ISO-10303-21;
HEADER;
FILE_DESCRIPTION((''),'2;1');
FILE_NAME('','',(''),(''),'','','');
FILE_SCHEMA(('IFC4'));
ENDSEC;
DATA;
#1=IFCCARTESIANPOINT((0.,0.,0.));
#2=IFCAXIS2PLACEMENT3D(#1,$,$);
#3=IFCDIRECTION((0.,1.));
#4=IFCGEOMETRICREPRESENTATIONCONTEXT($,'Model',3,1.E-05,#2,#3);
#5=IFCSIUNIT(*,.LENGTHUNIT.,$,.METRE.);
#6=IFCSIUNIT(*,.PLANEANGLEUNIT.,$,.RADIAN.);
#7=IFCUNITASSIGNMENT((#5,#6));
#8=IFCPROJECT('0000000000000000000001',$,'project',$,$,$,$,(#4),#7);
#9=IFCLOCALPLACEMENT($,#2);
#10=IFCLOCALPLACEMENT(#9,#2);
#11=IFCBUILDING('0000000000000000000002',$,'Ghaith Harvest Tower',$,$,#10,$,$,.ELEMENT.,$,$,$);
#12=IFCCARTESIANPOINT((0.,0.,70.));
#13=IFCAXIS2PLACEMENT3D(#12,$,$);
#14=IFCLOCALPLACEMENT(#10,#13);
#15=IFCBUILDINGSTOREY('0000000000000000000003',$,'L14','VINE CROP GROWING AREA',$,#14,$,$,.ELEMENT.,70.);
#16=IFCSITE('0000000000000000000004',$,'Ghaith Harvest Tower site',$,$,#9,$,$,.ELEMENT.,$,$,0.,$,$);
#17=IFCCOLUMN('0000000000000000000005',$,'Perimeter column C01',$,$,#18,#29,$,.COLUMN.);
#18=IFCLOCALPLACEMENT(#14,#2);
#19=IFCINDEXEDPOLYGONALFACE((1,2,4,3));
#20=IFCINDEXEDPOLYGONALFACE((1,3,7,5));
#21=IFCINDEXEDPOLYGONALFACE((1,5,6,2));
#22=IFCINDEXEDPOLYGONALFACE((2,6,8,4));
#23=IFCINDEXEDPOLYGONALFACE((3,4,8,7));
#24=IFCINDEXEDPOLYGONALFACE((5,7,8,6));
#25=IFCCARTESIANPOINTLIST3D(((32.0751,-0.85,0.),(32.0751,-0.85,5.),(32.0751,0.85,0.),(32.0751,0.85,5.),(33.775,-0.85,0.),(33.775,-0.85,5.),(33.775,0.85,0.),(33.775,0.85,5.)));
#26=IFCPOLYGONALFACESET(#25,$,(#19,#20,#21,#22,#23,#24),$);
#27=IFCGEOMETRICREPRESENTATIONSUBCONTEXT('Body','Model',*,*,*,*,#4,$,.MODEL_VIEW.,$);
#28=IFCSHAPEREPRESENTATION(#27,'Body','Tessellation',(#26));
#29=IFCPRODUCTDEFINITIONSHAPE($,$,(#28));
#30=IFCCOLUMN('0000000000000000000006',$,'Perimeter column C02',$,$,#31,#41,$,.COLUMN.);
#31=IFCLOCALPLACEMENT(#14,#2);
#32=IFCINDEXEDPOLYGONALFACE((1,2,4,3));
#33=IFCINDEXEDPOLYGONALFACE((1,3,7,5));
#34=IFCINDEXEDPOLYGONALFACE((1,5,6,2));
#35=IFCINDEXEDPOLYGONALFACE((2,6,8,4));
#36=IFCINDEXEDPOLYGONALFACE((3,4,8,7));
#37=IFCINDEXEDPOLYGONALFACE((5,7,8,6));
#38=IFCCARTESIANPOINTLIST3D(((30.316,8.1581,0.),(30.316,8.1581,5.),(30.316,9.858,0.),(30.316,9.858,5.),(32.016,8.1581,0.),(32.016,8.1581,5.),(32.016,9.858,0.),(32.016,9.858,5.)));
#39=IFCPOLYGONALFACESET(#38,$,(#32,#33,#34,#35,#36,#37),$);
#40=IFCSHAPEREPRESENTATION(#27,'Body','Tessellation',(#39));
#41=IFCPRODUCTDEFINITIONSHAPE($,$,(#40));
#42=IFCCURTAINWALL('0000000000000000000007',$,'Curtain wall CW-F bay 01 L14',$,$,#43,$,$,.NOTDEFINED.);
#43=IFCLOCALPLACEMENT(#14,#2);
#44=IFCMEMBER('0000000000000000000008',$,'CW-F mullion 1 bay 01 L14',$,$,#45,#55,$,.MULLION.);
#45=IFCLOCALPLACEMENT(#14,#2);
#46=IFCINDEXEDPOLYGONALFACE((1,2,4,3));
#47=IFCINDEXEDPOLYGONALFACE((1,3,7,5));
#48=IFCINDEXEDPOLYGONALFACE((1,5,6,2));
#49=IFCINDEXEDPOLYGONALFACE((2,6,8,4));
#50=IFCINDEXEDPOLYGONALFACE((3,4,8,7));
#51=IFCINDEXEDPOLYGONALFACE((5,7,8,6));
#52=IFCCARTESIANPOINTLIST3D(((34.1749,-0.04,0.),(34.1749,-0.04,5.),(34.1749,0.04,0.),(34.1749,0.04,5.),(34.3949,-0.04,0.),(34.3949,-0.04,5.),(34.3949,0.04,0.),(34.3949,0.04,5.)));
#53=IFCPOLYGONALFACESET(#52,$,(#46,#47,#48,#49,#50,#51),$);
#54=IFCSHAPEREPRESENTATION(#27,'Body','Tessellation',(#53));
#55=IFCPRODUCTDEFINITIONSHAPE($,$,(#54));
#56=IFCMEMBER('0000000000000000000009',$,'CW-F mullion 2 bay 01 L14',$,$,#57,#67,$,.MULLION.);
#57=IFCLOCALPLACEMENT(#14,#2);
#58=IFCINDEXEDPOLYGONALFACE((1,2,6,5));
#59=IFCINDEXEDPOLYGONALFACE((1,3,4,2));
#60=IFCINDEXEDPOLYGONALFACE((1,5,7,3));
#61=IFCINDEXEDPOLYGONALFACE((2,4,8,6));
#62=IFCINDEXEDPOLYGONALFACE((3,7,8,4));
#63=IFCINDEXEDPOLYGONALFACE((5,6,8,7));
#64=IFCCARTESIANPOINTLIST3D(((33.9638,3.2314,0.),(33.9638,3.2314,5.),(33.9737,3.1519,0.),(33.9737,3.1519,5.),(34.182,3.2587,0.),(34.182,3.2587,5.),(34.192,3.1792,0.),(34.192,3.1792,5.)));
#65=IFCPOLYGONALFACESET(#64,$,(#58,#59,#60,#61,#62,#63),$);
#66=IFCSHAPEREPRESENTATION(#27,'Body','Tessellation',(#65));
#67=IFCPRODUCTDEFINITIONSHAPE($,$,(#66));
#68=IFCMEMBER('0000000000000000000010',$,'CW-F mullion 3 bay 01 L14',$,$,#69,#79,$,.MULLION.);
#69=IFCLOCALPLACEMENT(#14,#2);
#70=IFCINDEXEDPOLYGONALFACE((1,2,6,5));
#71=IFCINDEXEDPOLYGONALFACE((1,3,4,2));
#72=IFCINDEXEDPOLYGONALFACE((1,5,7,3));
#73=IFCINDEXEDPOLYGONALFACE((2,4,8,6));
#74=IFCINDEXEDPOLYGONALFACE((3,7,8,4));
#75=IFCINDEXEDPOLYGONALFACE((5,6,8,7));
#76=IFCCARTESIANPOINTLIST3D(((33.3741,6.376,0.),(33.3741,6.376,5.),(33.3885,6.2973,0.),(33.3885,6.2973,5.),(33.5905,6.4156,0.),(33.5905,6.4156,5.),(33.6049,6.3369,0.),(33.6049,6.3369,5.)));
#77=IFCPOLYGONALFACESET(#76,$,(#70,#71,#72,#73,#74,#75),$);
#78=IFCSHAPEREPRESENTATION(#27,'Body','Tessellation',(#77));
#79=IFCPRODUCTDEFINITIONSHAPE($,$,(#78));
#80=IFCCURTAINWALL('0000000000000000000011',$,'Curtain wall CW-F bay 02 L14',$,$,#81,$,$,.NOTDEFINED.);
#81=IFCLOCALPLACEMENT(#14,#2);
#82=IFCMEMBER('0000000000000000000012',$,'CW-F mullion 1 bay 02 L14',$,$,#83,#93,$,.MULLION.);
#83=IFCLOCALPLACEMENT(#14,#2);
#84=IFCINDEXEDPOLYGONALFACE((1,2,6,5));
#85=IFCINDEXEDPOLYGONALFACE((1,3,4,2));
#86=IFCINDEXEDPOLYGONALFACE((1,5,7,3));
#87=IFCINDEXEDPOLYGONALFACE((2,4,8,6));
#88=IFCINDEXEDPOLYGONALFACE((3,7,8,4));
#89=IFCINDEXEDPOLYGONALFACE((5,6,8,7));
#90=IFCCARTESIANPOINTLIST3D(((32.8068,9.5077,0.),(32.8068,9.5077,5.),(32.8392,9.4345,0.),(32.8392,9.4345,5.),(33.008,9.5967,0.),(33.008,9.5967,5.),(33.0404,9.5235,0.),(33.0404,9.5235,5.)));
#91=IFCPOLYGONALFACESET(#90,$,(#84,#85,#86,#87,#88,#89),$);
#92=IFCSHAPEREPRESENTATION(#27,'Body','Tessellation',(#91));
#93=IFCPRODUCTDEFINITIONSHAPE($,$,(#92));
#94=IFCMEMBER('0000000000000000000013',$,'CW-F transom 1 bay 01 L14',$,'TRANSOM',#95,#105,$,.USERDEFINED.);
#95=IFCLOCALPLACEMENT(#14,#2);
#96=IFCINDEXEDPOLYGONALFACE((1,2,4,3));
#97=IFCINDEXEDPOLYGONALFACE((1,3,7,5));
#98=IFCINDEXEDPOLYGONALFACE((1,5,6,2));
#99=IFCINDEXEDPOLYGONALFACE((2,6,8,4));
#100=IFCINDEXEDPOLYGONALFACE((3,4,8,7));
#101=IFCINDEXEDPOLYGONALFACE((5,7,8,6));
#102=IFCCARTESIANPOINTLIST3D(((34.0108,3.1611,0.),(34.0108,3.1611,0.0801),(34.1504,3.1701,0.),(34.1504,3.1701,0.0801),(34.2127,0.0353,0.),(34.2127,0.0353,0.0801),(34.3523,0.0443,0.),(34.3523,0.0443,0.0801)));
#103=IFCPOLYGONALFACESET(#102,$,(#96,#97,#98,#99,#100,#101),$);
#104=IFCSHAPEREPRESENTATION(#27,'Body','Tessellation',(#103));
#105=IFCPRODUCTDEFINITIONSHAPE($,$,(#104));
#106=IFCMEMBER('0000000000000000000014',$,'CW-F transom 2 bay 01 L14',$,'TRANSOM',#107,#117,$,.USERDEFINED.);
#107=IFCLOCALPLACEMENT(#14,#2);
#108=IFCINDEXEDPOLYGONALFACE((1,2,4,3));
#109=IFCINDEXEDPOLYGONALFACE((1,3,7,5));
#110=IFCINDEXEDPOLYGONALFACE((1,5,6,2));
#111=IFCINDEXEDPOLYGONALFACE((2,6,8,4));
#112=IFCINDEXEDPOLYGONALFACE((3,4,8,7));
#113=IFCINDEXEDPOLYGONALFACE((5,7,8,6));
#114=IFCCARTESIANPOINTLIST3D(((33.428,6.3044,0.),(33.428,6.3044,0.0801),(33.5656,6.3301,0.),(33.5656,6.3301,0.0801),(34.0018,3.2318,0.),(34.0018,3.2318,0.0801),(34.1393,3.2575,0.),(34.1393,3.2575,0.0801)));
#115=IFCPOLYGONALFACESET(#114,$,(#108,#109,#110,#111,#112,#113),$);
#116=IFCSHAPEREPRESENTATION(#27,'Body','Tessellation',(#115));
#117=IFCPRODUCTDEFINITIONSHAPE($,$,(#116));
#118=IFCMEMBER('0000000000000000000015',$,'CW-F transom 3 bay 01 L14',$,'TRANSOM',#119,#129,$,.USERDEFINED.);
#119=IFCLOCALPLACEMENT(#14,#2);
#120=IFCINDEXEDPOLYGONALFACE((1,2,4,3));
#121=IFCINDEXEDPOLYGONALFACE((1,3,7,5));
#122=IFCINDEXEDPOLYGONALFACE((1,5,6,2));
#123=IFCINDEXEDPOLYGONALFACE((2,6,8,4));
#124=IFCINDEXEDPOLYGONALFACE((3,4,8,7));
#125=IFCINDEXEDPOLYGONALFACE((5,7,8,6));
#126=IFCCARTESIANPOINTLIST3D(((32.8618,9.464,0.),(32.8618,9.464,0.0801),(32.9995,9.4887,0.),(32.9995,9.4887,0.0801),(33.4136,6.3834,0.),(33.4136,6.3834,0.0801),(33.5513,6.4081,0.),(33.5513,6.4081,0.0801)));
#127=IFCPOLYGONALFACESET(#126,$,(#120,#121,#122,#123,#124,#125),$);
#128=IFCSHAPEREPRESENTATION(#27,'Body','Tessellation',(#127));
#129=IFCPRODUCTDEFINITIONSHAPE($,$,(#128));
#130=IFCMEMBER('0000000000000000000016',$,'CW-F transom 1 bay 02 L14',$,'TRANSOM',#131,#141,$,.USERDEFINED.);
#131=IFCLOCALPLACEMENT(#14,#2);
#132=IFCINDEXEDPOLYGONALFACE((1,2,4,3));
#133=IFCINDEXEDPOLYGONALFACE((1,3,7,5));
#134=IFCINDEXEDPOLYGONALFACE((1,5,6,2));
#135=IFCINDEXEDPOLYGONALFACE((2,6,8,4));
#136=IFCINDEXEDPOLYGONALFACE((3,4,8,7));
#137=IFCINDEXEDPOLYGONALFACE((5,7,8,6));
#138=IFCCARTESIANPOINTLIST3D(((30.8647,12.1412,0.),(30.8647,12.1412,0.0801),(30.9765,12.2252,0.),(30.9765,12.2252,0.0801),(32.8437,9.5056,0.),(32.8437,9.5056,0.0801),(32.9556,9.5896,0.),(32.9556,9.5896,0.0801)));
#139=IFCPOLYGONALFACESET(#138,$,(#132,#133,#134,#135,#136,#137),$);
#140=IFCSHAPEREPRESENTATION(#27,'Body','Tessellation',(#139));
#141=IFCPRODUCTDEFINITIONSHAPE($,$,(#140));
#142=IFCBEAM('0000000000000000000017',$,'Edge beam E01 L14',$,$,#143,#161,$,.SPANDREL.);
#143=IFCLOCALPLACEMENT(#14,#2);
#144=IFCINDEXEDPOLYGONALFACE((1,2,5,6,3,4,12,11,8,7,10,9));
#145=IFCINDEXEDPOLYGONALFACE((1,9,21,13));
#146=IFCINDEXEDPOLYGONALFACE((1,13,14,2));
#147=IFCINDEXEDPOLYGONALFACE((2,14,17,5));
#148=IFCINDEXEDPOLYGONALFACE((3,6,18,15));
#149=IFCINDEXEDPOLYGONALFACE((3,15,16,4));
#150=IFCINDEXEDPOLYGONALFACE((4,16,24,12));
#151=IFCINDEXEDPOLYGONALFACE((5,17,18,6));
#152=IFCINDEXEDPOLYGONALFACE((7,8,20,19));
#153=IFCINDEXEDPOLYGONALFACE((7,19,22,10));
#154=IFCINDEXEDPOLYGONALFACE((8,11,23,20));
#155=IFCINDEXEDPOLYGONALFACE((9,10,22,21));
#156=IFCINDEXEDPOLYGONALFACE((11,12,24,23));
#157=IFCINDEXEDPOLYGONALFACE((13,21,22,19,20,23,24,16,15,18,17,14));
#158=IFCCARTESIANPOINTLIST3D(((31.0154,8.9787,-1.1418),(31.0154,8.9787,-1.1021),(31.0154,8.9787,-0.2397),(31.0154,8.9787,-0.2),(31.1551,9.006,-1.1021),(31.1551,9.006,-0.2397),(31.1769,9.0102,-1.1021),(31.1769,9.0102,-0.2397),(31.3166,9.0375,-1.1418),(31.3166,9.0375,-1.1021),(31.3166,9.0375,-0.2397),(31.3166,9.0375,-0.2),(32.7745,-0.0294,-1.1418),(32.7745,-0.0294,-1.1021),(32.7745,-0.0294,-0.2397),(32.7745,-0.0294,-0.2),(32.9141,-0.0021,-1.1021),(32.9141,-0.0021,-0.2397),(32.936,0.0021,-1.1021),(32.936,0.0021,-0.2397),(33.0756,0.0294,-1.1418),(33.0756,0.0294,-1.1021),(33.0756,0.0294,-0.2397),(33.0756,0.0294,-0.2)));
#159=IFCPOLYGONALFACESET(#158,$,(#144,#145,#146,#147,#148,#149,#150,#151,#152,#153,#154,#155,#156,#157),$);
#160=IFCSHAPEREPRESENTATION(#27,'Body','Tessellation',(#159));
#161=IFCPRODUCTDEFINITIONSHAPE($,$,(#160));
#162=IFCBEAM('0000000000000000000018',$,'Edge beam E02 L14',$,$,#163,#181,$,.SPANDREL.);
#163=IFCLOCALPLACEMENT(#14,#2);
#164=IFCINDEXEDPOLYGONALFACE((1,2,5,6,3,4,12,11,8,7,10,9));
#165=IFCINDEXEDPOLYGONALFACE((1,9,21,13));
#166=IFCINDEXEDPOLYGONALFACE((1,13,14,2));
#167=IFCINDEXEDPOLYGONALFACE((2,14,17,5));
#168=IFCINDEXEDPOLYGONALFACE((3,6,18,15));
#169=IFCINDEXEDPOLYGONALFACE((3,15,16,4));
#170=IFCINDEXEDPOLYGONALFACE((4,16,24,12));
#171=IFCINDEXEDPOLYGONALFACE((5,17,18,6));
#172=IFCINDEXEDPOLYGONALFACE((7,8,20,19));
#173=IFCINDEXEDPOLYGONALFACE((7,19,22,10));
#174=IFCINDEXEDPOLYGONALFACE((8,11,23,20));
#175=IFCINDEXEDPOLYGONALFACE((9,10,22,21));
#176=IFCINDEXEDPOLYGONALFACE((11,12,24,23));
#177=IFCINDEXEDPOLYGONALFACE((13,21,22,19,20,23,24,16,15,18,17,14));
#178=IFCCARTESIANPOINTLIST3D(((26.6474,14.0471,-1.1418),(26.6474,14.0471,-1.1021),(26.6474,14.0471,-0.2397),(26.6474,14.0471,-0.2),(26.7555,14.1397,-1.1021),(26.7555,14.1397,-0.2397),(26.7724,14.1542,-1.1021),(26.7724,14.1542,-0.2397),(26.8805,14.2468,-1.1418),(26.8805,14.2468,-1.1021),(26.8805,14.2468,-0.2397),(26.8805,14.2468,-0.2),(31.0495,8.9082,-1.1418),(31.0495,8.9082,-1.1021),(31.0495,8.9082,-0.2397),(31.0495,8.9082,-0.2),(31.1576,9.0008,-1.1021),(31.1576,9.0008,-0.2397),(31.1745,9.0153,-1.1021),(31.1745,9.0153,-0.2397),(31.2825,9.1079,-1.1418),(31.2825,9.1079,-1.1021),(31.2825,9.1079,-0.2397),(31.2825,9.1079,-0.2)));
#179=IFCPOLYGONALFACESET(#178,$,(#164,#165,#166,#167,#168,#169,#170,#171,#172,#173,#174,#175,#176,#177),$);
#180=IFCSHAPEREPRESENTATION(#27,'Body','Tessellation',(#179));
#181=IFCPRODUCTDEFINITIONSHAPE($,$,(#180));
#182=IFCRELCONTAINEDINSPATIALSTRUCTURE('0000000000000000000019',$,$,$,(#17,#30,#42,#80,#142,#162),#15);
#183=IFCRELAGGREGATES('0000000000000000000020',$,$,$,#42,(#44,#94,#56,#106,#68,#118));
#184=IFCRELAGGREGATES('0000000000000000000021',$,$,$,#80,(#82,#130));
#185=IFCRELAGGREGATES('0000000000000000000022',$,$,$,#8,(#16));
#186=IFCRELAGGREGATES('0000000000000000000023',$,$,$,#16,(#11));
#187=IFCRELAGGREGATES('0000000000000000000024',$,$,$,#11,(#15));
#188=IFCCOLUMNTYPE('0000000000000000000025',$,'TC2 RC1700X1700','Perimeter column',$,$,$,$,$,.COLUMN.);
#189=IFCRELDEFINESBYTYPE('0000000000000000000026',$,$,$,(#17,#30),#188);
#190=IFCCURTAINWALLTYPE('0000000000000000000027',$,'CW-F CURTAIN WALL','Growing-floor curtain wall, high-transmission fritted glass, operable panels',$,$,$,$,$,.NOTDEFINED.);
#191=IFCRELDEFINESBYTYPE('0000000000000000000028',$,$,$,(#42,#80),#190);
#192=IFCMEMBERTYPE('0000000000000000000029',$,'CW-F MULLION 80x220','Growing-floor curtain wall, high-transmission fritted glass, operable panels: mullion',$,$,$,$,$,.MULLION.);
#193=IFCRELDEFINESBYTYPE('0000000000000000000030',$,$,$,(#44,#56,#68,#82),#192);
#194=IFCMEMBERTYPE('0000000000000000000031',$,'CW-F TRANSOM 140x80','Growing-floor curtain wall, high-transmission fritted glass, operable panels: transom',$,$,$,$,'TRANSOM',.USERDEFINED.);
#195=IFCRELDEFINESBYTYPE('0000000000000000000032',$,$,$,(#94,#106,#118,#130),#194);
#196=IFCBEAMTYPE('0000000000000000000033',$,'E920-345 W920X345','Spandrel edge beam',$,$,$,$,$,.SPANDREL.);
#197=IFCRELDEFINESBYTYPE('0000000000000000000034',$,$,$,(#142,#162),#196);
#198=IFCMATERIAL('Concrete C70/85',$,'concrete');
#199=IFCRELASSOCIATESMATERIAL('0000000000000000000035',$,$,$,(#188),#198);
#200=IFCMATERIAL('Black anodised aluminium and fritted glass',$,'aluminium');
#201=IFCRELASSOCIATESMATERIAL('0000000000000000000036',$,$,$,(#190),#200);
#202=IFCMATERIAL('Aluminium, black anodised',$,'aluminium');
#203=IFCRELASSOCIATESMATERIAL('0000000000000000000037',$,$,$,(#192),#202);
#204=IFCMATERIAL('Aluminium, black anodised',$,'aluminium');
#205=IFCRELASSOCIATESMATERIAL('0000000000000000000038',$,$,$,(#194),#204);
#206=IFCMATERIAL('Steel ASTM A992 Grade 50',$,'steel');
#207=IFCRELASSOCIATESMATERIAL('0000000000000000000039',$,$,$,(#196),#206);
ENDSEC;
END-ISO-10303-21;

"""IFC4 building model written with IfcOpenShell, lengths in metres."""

from ifc_helpers import new_model, si_unit, direction, frame, origin, origin_2d, place, context, subcontext, project, spatial, rectangle, i_section, extrude, material, material_profile, profile_set, type_object, element, aggregate, save


model = new_model("IFC4")

# Units and contexts
model_context = context("Model", 3, precision=1e-05, world=origin(), true_north=direction((0.0, 1.0)))
body_context = subcontext(model_context, "Body", "Model", "MODEL_VIEW")
ifc_project = project(units=[si_unit("LENGTHUNIT", "METRE"), si_unit("PLANEANGLEUNIT", "RADIAN")], contexts=[model_context])

# Site, building, storey
site_placement = place(None, origin())
site = spatial("IfcSite", under=ifc_project, at=site_placement, Name="Ghaith Harvest Tower site", CompositionType="ELEMENT", RefElevation=0.0)
building_placement = place(site_placement, origin())
building = spatial("IfcBuilding", under=site, at=building_placement, Name="Ghaith Harvest Tower", CompositionType="ELEMENT")
storey_placement = place(building_placement, frame((0.0, 0.0, 70.0)))
storey = spatial("IfcBuildingStorey", under=building, at=storey_placement, Name="L14", Description="VINE CROP GROWING AREA", CompositionType="ELEMENT", Elevation=70.0)

# Columns
ifc_material_1 = material(Name="Concrete C70/85", Category="concrete")
ifc_material_profile_1 = material_profile(ifc_material_1, rectangle(XDim=1.7, YDim=1.7, at=origin_2d()), Name="RC1700X1700")
ifc_profile_set_1 = profile_set([ifc_material_profile_1], Name="Concrete C70/85")
column_type = type_object("IfcColumnType", Name="TC2 RC1700X1700", Description="Perimeter column", PredefinedType="COLUMN", material=ifc_profile_set_1)
for number, where, z_axis, x_axis, name in (
    (1, (32.925, 0.0, 0.0), (0.0, 0.0, 1.0), (1.0, 0.0, 0.0), "Perimeter column C01"),
    (2, (31.166, 9.0081, 0.0), (0.0, 0.0, 1.0), (1.0, 0.0, 0.0), "Perimeter column C02"),
):
    element("IfcColumn", number, at=place(storey_placement, frame(where, z_axis=z_axis, x_axis=x_axis)), inside=storey, type_object=column_type, Name=name, PredefinedType="COLUMN", context=body_context, shape_type="SweptSolid", body=[
        extrude(rectangle(XDim=1.7, YDim=1.7, at=origin_2d()), origin(), (0.0, 0.0, 1.0), 5.0),
    ])

# Curtain wall, members
ifc_material_2 = material(Name="Black anodised aluminium and fritted glass", Category="aluminium")
curtain_wall_type = type_object("IfcCurtainWallType", Name="CW-F CURTAIN WALL", Description="Growing-floor curtain wall, high-transmission fritted glass, operable panels", PredefinedType="NOTDEFINED", material=ifc_material_2)
curtain_wall_1_placement = place(storey_placement, origin())
curtain_wall_1 = element("IfcCurtainWall", 3, at=curtain_wall_1_placement, inside=storey, type_object=curtain_wall_type, Name="Curtain wall CW-F bay 01 L14", PredefinedType="NOTDEFINED")
ifc_material_3 = material(Name="Aluminium, black anodised", Category="aluminium")
ifc_material_profile_2 = material_profile(ifc_material_3, rectangle(XDim=0.0801, YDim=0.22, at=origin_2d()), Name="CW-F MULLION 80x220")
ifc_profile_set_2 = profile_set([ifc_material_profile_2], Name="Aluminium, black anodised")
member_type_1 = type_object("IfcMemberType", Name="CW-F MULLION 80x220", Description="Growing-floor curtain wall, high-transmission fritted glass, operable panels: mullion", PredefinedType="MULLION", material=ifc_profile_set_2)
member_1_placement = place(storey_placement, frame((34.2849, 0.0, 0.0), z_axis=(0.0, 0.0, 1.0), x_axis=(0.0, 1.0, 0.0)))
member_1 = element("IfcMember", 4, at=member_1_placement, type_object=member_type_1, Name="CW-F mullion 1 bay 01 L14", PredefinedType="MULLION", context=body_context, shape_type="SweptSolid", body=[
    extrude(rectangle(XDim=0.0801, YDim=0.22, at=origin_2d()), origin(), (0.0, 0.0, 1.0), 5.0),
])
member_2_placement = place(storey_placement, frame((34.0779, 3.2053, 0.0), z_axis=(0.0, 0.0, 1.0), x_axis=(-0.12417, 0.992261, 0.0)))
member_2 = element("IfcMember", 5, at=member_2_placement, type_object=member_type_1, Name="CW-F mullion 2 bay 01 L14", PredefinedType="MULLION", context=body_context, shape_type="SweptSolid", body=[
    extrude(rectangle(XDim=0.0801, YDim=0.22, at=origin_2d()), origin(), (0.0, 0.0, 1.0), 5.0),
])
member_3_placement = place(storey_placement, frame((33.4895, 6.3564, 0.0), z_axis=(0.0, 0.0, 1.0), x_axis=(-0.179943, 0.983677, 0.0)))
member_3 = element("IfcMember", 6, at=member_3_placement, type_object=member_type_1, Name="CW-F mullion 3 bay 01 L14", PredefinedType="MULLION", context=body_context, shape_type="SweptSolid", body=[
    extrude(rectangle(XDim=0.0801, YDim=0.22, at=origin_2d()), origin(), (0.0, 0.0, 1.0), 5.0),
])

# Curtain wall, member
curtain_wall_2_placement = place(storey_placement, origin())
curtain_wall_2 = element("IfcCurtainWall", 7, at=curtain_wall_2_placement, inside=storey, type_object=curtain_wall_type, Name="Curtain wall CW-F bay 02 L14", PredefinedType="NOTDEFINED")
member_4_placement = place(storey_placement, frame((32.9236, 9.5156, 0.0), z_axis=(0.0, 0.0, 1.0), x_axis=(-0.404702, 0.914449, 0.0)))
member_4 = element("IfcMember", 8, at=member_4_placement, type_object=member_type_1, Name="CW-F mullion 1 bay 02 L14", PredefinedType="MULLION", context=body_context, shape_type="SweptSolid", body=[
    extrude(rectangle(XDim=0.0801, YDim=0.22, at=origin_2d()), origin(), (0.0, 0.0, 1.0), 5.0),
])

# Members
ifc_material_4 = material(Name="Aluminium, black anodised", Category="aluminium")
ifc_material_profile_3 = material_profile(ifc_material_4, rectangle(XDim=0.1399, YDim=0.0801, at=origin_2d()), Name="CW-F TRANSOM 140x80")
ifc_profile_set_3 = profile_set([ifc_material_profile_3], Name="Aluminium, black anodised")
member_type_2 = type_object("IfcMemberType", Name="CW-F TRANSOM 140x80", Description="Growing-floor curtain wall, high-transmission fritted glass, operable panels: transom", ElementType="TRANSOM", PredefinedType="USERDEFINED", material=ifc_profile_set_3)
member_5_placement = place(storey_placement, frame((34.2825, 0.0398, 0.04), z_axis=(-0.06446, 0.99792, 0.0), x_axis=(-0.99792, -0.06446, 0.0)))
member_5 = element("IfcMember", 9, at=member_5_placement, type_object=member_type_2, Name="CW-F transom 1 bay 01 L14", ObjectType="TRANSOM", PredefinedType="USERDEFINED", context=body_context, shape_type="SweptSolid", body=[
    extrude(rectangle(XDim=0.1399, YDim=0.0801, at=origin_2d()), origin(), (0.0, 0.0, 1.0), 3.1323),
])
member_6_placement = place(storey_placement, frame((34.0706, 3.2446, 0.04), z_axis=(-0.183557, 0.983009, 0.0), x_axis=(-0.983009, -0.183557, 0.0)))
member_6 = element("IfcMember", 10, at=member_6_placement, type_object=member_type_2, Name="CW-F transom 2 bay 01 L14", ObjectType="TRANSOM", PredefinedType="USERDEFINED", context=body_context, shape_type="SweptSolid", body=[
    extrude(rectangle(XDim=0.1399, YDim=0.0801, at=origin_2d()), origin(), (0.0, 0.0, 1.0), 3.1257),
])
member_7_placement = place(storey_placement, frame((33.4824, 6.3958, 0.04), z_axis=(-0.176304, 0.984336, 0.0), x_axis=(-0.984336, -0.176304, 0.0)))
member_7 = element("IfcMember", 11, at=member_7_placement, type_object=member_type_2, Name="CW-F transom 3 bay 01 L14", ObjectType="TRANSOM", PredefinedType="USERDEFINED", context=body_context, shape_type="SweptSolid", body=[
    extrude(rectangle(XDim=0.1399, YDim=0.0801, at=origin_2d()), origin(), (0.0, 0.0, 1.0), 3.1296),
])
member_8_placement = place(storey_placement, frame((32.8997, 9.5476, 0.04), z_axis=(-0.600462, 0.799653, 0.0), x_axis=(-0.799653, -0.600462, 0.0)))
member_8 = element("IfcMember", 12, at=member_8_placement, type_object=member_type_2, Name="CW-F transom 1 bay 02 L14", ObjectType="TRANSOM", PredefinedType="USERDEFINED", context=body_context, shape_type="SweptSolid", body=[
    extrude(rectangle(XDim=0.1399, YDim=0.0801, at=origin_2d()), origin(), (0.0, 0.0, 1.0), 3.2959),
])

# Beams
ifc_material_5 = material(Name="Steel ASTM A992 Grade 50", Category="steel")
ifc_material_profile_4 = material_profile(ifc_material_5, i_section(OverallWidth=0.3069, OverallDepth=0.9419, WebThickness=0.0222, FlangeThickness=0.0398, at=origin_2d()), Name="W920X345")
ifc_profile_set_4 = profile_set([ifc_material_profile_4], Name="Steel ASTM A992 Grade 50")
beam_type_1 = type_object("IfcBeamType", Name="E920-345 W920X345", Description="Spandrel edge beam", PredefinedType="SPANDREL", material=ifc_profile_set_4)
beam_1_placement = place(storey_placement, frame((32.925, 0.0, -0.6709), z_axis=(-0.191653, 0.981463, 0.0), x_axis=(-0.981463, -0.191653, 0.0)))
element("IfcBeam", 13, at=beam_1_placement, inside=storey, type_object=beam_type_1, Name="Edge beam E01 L14", PredefinedType="SPANDREL", context=body_context, shape_type="SweptSolid", body=[
    extrude(i_section(OverallWidth=0.3069, OverallDepth=0.9419, WebThickness=0.0222, FlangeThickness=0.0398, at=origin_2d()), origin(), (0.0, 0.0, 1.0), 9.1782),
])
beam_2_placement = place(storey_placement, frame((31.166, 9.0081, -0.6709), z_axis=(-0.650563, 0.759453, 0.0), x_axis=(-0.759453, -0.650563, 0.0)))
element("IfcBeam", 14, at=beam_2_placement, inside=storey, type_object=beam_type_1, Name="Edge beam E02 L14", PredefinedType="SPANDREL", context=body_context, shape_type="SweptSolid", body=[
    extrude(i_section(OverallWidth=0.3069, OverallDepth=0.9419, WebThickness=0.0222, FlangeThickness=0.0398, at=origin_2d()), origin(), (0.0, 0.0, 1.0), 6.7666),
])

aggregate(curtain_wall_1, [member_1, member_5, member_2, member_6, member_3, member_7])
aggregate(curtain_wall_2, [member_4, member_8])

save(model, "model.ifc")
